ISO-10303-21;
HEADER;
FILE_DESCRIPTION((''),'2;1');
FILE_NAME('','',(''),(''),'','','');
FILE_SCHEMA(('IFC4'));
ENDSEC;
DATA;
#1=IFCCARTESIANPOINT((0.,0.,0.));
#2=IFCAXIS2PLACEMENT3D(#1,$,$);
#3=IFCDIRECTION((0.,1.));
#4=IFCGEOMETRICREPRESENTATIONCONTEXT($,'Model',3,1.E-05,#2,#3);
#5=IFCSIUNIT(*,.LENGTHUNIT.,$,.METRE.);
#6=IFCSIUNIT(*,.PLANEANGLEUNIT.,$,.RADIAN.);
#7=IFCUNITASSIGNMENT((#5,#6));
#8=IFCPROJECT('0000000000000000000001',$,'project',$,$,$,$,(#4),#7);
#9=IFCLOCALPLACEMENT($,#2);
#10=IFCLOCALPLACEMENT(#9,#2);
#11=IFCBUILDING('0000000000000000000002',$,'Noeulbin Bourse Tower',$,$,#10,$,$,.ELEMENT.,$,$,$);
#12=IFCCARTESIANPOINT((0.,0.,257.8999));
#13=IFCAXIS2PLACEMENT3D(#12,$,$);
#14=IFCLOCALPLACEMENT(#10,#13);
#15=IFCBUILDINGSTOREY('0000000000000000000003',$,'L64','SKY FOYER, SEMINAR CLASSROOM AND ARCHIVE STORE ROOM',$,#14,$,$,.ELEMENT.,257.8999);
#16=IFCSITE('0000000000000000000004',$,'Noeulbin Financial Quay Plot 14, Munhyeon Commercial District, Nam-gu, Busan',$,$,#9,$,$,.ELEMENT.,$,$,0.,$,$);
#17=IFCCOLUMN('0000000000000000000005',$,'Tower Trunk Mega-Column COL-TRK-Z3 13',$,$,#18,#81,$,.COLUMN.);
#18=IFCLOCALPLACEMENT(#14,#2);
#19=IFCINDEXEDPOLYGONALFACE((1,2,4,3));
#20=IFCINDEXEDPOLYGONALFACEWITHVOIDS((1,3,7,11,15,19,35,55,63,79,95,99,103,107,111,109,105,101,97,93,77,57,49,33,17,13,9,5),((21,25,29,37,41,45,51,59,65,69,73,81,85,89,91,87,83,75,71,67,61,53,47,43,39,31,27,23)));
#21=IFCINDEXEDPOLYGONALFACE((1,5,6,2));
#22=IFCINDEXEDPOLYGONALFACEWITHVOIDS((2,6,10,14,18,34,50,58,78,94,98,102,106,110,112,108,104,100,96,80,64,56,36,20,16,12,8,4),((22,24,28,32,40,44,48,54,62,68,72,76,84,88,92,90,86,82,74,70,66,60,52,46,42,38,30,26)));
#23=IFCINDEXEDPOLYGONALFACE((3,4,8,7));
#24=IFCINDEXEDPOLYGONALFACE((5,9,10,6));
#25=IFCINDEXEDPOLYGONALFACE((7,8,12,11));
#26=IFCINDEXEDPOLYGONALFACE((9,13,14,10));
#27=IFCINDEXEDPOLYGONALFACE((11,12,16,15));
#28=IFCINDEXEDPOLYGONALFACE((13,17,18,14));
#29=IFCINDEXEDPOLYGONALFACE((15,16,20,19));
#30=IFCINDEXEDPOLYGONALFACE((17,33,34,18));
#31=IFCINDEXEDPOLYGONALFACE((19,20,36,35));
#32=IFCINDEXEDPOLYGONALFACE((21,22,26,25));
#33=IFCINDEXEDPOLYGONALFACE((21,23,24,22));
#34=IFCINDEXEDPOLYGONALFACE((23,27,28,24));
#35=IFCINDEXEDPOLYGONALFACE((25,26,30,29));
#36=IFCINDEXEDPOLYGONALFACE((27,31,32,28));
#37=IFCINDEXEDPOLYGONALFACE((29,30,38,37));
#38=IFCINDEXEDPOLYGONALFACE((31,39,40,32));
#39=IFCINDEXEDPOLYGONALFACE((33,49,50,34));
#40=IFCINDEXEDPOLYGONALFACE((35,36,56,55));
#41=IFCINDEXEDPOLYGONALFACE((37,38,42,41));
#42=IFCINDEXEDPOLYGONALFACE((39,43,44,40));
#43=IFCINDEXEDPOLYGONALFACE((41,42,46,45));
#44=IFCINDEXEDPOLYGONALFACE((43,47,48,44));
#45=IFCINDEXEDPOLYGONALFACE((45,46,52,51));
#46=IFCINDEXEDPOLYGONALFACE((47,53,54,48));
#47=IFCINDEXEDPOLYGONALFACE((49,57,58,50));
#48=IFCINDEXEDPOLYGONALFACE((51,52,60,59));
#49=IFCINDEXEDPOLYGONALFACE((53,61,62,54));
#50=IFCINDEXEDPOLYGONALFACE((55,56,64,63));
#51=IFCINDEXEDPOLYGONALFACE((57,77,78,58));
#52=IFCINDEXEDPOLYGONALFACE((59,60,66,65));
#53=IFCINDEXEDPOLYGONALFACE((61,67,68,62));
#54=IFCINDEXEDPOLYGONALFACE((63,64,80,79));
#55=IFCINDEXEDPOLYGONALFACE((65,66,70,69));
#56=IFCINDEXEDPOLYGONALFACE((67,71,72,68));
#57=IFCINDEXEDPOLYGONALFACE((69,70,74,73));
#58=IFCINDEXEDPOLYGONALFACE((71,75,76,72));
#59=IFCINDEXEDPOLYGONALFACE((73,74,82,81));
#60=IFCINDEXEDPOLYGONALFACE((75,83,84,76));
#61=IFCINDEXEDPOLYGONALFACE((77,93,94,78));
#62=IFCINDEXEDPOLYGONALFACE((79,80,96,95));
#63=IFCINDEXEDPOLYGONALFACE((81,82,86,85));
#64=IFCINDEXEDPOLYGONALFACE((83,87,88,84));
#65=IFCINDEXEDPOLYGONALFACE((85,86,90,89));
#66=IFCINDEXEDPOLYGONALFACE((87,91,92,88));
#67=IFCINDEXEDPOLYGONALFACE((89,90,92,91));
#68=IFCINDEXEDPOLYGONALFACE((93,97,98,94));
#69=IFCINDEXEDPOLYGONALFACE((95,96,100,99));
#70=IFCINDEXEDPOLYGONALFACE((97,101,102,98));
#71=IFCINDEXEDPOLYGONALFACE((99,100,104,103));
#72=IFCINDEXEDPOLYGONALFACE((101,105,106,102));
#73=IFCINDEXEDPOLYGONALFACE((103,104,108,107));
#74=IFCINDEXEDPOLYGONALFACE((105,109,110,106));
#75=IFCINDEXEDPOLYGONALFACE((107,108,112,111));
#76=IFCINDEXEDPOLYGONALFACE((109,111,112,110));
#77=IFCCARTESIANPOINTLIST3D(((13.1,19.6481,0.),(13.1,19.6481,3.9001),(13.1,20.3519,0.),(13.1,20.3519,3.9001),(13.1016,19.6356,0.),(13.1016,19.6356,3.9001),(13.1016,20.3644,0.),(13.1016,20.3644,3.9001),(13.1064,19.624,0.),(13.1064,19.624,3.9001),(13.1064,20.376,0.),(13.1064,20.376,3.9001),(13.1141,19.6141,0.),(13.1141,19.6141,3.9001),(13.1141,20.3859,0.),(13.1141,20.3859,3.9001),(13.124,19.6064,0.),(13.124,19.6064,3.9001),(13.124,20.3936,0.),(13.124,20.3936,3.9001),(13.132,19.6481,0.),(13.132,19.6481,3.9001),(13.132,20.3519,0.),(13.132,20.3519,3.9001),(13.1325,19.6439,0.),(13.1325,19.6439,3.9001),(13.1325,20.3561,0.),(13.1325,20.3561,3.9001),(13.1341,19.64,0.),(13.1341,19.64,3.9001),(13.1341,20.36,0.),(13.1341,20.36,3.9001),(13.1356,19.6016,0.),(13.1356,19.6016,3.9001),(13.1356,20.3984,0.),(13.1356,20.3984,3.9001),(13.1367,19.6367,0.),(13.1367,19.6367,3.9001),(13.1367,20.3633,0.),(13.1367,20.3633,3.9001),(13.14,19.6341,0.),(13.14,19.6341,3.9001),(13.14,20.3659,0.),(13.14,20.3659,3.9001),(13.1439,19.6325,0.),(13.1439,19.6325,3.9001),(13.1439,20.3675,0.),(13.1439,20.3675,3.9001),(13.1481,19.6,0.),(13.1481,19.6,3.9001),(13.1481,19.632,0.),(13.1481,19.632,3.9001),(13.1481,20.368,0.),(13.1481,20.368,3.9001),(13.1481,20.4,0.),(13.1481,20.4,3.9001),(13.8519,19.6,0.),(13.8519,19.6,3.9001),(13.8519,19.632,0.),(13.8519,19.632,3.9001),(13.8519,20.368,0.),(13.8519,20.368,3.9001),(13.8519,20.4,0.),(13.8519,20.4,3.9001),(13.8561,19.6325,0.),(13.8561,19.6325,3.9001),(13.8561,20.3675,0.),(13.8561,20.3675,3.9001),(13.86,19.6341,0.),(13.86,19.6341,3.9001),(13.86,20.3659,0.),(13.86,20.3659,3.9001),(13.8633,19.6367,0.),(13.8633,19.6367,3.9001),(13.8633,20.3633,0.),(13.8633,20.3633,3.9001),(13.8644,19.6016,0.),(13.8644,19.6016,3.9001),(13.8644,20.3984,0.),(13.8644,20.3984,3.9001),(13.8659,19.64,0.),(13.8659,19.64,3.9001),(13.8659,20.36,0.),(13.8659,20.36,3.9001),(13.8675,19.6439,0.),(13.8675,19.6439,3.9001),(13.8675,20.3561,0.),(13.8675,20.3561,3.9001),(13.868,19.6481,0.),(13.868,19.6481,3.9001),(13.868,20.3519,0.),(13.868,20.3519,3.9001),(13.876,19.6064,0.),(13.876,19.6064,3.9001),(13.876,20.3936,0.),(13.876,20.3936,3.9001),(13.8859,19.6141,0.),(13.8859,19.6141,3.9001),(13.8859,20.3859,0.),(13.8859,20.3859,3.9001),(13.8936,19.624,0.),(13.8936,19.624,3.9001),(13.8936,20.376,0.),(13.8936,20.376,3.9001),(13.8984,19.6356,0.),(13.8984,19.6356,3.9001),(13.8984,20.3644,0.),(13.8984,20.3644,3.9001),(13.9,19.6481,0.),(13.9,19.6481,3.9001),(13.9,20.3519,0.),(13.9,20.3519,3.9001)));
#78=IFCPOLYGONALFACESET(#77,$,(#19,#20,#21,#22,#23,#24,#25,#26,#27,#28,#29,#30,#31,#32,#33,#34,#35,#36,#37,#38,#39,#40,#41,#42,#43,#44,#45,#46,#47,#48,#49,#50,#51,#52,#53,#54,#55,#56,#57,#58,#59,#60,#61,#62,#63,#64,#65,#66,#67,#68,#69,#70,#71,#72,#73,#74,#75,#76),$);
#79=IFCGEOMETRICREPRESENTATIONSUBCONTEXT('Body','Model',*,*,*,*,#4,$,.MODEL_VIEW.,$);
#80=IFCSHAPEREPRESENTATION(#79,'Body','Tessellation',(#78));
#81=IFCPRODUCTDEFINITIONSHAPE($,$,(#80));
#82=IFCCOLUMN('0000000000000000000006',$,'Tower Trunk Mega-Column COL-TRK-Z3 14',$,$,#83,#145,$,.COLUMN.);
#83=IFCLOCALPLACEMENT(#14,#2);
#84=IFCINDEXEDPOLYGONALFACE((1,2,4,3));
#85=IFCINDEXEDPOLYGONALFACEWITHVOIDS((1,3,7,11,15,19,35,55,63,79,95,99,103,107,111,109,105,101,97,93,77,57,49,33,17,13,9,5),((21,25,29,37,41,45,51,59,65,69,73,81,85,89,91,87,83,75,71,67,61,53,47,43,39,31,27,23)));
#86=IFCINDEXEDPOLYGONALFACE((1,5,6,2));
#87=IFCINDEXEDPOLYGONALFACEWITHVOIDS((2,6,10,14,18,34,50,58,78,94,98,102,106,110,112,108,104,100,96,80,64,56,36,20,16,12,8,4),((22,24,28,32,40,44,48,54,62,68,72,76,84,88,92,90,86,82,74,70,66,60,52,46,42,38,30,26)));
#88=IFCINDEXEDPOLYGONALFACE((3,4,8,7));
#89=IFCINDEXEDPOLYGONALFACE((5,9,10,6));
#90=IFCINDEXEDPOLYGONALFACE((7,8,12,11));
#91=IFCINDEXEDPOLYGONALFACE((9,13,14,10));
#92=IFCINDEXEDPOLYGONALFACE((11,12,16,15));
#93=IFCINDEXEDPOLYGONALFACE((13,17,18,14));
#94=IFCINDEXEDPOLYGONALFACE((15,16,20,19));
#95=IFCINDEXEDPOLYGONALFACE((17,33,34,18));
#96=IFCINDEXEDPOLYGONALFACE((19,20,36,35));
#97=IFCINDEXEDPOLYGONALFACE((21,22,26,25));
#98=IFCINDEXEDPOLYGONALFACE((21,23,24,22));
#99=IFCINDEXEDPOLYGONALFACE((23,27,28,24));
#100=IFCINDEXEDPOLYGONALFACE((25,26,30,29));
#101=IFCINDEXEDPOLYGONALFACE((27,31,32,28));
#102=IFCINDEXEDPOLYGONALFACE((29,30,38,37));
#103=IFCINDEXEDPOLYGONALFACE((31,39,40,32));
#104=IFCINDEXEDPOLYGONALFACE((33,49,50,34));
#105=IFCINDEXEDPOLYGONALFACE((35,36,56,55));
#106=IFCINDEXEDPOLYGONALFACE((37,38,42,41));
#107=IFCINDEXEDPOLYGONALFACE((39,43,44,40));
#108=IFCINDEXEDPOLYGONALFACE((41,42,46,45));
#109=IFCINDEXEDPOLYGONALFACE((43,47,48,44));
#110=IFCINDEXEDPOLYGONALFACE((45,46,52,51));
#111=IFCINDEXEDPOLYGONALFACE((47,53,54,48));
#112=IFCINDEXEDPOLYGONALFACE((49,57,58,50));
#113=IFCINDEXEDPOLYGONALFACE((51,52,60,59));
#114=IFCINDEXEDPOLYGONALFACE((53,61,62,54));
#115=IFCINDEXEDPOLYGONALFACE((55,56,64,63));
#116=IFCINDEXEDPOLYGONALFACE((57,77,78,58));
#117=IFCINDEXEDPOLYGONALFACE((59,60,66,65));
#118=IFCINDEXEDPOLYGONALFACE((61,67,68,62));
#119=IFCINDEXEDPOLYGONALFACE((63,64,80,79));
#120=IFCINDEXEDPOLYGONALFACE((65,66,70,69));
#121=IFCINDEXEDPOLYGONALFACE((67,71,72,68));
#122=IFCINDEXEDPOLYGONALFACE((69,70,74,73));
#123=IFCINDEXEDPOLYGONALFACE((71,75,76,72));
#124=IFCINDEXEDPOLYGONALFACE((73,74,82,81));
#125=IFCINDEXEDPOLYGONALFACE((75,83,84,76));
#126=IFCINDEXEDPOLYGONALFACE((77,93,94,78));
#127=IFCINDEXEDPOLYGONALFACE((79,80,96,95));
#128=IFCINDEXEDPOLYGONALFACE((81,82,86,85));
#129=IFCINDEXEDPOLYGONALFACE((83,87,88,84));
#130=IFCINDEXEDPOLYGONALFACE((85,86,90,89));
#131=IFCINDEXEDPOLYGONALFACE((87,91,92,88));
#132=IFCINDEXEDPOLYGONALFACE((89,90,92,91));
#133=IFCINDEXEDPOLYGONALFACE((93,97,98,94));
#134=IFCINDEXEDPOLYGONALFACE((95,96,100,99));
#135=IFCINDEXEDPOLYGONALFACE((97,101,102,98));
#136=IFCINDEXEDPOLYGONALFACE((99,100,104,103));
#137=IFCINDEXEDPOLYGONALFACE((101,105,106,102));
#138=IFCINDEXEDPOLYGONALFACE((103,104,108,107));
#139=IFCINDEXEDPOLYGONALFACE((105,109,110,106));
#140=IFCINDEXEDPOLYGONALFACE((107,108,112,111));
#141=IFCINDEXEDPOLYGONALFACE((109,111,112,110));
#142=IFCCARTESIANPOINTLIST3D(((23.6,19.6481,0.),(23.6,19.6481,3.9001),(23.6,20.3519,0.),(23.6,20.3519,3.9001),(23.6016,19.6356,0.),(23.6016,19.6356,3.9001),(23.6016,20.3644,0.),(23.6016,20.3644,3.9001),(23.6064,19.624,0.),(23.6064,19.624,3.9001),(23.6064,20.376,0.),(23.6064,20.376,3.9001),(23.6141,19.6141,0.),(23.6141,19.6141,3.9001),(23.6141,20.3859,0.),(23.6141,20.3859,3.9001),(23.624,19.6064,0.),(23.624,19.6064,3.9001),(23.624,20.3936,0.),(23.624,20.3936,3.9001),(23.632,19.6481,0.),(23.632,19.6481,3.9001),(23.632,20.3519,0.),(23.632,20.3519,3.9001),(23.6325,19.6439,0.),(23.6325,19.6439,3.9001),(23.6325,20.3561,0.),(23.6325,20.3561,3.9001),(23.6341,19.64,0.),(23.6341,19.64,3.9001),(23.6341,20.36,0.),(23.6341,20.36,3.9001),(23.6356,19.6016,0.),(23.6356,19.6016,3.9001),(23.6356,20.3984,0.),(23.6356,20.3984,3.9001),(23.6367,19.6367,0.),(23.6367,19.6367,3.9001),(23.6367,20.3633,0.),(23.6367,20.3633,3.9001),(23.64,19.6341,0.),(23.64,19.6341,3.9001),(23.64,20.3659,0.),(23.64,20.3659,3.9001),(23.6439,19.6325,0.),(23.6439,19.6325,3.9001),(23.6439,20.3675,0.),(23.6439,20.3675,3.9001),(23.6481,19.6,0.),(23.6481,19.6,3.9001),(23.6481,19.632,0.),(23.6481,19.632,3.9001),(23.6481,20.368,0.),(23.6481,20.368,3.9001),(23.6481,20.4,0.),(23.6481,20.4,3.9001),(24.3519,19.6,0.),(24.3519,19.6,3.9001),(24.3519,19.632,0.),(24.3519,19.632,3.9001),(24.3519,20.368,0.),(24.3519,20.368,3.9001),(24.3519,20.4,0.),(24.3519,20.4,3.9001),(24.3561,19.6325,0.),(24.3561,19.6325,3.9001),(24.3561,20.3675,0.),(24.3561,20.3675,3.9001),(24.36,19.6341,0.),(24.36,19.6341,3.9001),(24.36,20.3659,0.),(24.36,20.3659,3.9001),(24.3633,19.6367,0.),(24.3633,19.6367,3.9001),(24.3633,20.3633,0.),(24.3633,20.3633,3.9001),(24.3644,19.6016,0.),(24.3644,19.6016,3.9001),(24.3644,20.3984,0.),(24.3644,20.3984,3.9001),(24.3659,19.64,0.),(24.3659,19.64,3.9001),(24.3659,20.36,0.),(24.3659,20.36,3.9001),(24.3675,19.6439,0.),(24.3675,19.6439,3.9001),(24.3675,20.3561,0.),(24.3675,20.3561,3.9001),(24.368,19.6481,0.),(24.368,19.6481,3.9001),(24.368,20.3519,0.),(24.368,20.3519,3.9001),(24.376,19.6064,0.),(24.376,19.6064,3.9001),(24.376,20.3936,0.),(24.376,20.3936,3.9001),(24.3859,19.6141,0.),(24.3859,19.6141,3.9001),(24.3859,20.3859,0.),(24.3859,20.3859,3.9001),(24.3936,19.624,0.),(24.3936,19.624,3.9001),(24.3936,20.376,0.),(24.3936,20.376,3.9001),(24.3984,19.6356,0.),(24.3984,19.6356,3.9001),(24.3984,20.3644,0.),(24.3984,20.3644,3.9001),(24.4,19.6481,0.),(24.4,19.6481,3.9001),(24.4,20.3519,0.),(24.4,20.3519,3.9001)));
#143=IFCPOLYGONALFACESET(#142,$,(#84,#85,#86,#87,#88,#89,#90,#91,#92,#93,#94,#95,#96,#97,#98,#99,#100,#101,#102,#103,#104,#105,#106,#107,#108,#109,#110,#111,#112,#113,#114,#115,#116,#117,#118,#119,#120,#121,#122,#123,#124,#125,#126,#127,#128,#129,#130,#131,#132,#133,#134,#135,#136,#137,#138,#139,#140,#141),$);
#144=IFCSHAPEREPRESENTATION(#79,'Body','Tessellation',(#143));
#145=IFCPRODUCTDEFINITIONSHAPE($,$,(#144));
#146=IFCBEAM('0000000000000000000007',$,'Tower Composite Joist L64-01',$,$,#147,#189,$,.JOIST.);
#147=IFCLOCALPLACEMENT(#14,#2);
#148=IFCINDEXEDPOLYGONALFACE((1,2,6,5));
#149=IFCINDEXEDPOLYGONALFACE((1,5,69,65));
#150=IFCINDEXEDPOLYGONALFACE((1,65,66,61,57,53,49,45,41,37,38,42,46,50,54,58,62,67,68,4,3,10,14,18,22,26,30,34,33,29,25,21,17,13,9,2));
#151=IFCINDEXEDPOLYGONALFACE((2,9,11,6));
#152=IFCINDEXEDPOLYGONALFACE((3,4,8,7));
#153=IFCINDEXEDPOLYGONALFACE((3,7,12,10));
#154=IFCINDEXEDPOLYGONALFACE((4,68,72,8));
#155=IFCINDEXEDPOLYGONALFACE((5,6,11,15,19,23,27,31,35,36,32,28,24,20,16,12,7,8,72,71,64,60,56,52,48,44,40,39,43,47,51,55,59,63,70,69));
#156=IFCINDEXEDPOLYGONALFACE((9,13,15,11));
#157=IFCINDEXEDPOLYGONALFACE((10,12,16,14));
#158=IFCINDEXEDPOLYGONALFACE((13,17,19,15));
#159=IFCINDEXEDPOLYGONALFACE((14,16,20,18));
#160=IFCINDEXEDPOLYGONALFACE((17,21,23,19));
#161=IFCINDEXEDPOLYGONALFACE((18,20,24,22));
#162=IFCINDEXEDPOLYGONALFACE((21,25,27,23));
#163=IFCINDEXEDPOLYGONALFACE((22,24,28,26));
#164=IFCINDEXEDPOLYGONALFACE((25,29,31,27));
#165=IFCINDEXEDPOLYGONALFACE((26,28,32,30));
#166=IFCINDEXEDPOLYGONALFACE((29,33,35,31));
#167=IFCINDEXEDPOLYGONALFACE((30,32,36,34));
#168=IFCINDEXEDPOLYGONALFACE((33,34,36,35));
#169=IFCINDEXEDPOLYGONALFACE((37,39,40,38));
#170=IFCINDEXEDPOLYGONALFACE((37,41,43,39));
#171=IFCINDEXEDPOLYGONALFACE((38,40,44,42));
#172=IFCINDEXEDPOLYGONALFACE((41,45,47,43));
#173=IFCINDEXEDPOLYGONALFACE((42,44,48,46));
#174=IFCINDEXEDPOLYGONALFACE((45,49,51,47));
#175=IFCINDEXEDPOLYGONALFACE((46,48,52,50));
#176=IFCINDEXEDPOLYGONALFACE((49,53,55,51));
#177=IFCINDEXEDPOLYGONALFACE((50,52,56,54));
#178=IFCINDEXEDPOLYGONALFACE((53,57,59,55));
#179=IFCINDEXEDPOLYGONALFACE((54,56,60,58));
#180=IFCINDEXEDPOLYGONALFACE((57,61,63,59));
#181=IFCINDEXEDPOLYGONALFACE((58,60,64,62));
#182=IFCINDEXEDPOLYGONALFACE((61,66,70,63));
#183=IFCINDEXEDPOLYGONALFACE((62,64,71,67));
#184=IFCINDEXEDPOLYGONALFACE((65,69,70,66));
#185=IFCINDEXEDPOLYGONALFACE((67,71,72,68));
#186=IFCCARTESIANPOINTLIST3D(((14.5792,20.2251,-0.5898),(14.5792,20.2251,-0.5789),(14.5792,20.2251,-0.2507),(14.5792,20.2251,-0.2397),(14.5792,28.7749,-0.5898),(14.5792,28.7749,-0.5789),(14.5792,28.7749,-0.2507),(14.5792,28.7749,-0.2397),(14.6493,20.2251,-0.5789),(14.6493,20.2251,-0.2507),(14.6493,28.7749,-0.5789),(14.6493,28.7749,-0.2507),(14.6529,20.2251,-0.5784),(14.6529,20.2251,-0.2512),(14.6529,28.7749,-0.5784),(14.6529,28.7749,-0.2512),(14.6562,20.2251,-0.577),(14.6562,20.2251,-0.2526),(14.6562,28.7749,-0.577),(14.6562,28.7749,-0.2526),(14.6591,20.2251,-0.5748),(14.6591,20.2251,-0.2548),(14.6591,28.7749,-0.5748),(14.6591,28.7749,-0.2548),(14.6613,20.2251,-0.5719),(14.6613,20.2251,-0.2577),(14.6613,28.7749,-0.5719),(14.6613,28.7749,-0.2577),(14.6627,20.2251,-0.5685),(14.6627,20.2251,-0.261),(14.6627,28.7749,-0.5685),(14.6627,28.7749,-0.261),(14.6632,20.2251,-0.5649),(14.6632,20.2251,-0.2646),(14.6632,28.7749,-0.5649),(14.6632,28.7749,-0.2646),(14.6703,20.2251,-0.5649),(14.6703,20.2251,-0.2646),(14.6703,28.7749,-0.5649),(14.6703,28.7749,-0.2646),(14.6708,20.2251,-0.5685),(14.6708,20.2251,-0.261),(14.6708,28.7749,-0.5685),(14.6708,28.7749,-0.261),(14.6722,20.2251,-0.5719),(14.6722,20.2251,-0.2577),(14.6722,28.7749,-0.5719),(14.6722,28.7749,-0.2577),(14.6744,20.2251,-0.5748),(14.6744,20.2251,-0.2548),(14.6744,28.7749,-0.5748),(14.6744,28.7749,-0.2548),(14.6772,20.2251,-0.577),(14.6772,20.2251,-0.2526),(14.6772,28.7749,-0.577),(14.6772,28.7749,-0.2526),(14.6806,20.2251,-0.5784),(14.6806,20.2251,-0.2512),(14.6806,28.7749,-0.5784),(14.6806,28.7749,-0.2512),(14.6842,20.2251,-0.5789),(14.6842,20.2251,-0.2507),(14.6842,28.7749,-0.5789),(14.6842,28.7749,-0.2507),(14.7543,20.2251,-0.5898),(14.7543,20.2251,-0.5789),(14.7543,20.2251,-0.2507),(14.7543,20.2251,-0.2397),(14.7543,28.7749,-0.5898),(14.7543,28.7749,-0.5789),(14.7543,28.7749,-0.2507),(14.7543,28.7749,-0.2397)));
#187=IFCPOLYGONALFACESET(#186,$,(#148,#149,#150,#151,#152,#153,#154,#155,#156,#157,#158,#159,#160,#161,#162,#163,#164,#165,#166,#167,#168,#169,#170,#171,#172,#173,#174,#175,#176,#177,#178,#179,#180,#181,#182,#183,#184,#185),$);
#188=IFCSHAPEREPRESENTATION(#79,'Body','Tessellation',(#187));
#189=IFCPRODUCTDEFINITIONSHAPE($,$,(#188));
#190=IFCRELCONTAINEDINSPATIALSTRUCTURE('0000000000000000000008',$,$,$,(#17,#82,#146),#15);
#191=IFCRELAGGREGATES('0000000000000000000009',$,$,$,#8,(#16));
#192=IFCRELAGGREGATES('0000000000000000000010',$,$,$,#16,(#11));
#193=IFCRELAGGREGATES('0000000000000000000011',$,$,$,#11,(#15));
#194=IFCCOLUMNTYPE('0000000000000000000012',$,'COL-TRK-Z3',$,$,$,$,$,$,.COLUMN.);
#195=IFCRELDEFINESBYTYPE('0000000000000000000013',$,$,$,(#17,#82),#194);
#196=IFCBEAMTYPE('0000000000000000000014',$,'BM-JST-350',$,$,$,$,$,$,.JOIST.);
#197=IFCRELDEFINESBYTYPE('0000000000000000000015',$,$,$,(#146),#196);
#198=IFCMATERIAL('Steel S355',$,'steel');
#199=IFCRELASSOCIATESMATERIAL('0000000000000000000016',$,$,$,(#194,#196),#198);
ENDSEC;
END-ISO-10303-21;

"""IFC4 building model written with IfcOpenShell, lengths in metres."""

from ifc_helpers import new_model, si_unit, direction, frame, origin, origin_2d, place, context, subcontext, project, spatial, hollow_rectangle, i_section, extrude, material, material_profile, profile_set, type_object, element, save


model = new_model("IFC4")

# Units and contexts
model_context = context("Model", 3, precision=1e-05, world=origin(), true_north=direction((0.0, 1.0)))
body_context = subcontext(model_context, "Body", "Model", "MODEL_VIEW")
ifc_project = project(units=[si_unit("LENGTHUNIT", "METRE"), si_unit("PLANEANGLEUNIT", "RADIAN")], contexts=[model_context])

# Site, building, storey
site_placement = place(None, origin())
site = spatial("IfcSite", under=ifc_project, at=site_placement, Name="Noeulbin Financial Quay Plot 14, Munhyeon Commercial District, Nam-gu, Busan", CompositionType="ELEMENT", RefElevation=0.0)
building_placement = place(site_placement, origin())
building = spatial("IfcBuilding", under=site, at=building_placement, Name="Noeulbin Bourse Tower", CompositionType="ELEMENT")
storey_placement = place(building_placement, frame((0.0, 0.0, 257.8999)))
storey = spatial("IfcBuildingStorey", under=building, at=storey_placement, Name="L64", Description="SKY FOYER, SEMINAR CLASSROOM AND ARCHIVE STORE ROOM", CompositionType="ELEMENT", Elevation=257.8999)

# Columns
ifc_material_1 = material(Name="Steel S355", Category="steel")
ifc_material_profile_1 = material_profile(ifc_material_1, hollow_rectangle(XDim=0.8, YDim=0.8, WallThickness=0.032, InnerFilletRadius=0.0161, OuterFilletRadius=0.0481, at=origin_2d()), Name="BOX-800x800x32", Category="LoadBearing")
ifc_profile_set_1 = profile_set([ifc_material_profile_1], Name="Steel S355")
column_type = type_object("IfcColumnType", Name="COL-TRK-Z3", PredefinedType="COLUMN", material=ifc_profile_set_1)
for number, where, z_axis, x_axis, name in (
    (1, (13.5, 20.0, 0.0), (0.0, 0.0, 1.0), (1.0, 0.0, 0.0), "Tower Trunk Mega-Column COL-TRK-Z3 13"),
    (2, (24.0, 20.0, 0.0), (0.0, 0.0, 1.0), (1.0, 0.0, 0.0), "Tower Trunk Mega-Column COL-TRK-Z3 14"),
):
    element("IfcColumn", number, at=place(storey_placement, frame(where, z_axis=z_axis, x_axis=x_axis)), inside=storey, type_object=column_type, Name=name, PredefinedType="COLUMN", context=body_context, shape_type="SweptSolid", body=[
        extrude(hollow_rectangle(XDim=0.8, YDim=0.8, WallThickness=0.032, InnerFilletRadius=0.0161, OuterFilletRadius=0.0481, at=origin_2d()), origin(), (0.0, 0.0, 1.0), 3.9001),
    ])

# Beam
ifc_material_profile_2 = material_profile(ifc_material_1, i_section(OverallWidth=0.175, OverallDepth=0.3501, WebThickness=0.0071, FlangeThickness=0.011, FilletRadius=0.0139, at=origin_2d()), Name="H-350x175x7x11", Category="LoadBearing")
ifc_profile_set_2 = profile_set([ifc_material_profile_2], Name="Steel S355")
beam_type_1 = type_object("IfcBeamType", Name="BM-JST-350", PredefinedType="JOIST", material=ifc_profile_set_2)
for number, where, z_axis, x_axis, name in (
    (3, (14.6667, 20.2251, -0.4148), (0.0, 1.0, 0.0), (-1.0, 0.0, 0.0), "Tower Composite Joist L64-01"),
):
    element("IfcBeam", number, at=place(storey_placement, frame(where, z_axis=z_axis, x_axis=x_axis)), inside=storey, type_object=beam_type_1, Name=name, PredefinedType="JOIST", context=body_context, shape_type="SweptSolid", body=[
        extrude(i_section(OverallWidth=0.175, OverallDepth=0.3501, WebThickness=0.0071, FlangeThickness=0.011, FilletRadius=0.0139, at=origin_2d()), origin(), (0.0, 0.0, 1.0), 8.5498),
    ])

save(model, "model.ifc")
